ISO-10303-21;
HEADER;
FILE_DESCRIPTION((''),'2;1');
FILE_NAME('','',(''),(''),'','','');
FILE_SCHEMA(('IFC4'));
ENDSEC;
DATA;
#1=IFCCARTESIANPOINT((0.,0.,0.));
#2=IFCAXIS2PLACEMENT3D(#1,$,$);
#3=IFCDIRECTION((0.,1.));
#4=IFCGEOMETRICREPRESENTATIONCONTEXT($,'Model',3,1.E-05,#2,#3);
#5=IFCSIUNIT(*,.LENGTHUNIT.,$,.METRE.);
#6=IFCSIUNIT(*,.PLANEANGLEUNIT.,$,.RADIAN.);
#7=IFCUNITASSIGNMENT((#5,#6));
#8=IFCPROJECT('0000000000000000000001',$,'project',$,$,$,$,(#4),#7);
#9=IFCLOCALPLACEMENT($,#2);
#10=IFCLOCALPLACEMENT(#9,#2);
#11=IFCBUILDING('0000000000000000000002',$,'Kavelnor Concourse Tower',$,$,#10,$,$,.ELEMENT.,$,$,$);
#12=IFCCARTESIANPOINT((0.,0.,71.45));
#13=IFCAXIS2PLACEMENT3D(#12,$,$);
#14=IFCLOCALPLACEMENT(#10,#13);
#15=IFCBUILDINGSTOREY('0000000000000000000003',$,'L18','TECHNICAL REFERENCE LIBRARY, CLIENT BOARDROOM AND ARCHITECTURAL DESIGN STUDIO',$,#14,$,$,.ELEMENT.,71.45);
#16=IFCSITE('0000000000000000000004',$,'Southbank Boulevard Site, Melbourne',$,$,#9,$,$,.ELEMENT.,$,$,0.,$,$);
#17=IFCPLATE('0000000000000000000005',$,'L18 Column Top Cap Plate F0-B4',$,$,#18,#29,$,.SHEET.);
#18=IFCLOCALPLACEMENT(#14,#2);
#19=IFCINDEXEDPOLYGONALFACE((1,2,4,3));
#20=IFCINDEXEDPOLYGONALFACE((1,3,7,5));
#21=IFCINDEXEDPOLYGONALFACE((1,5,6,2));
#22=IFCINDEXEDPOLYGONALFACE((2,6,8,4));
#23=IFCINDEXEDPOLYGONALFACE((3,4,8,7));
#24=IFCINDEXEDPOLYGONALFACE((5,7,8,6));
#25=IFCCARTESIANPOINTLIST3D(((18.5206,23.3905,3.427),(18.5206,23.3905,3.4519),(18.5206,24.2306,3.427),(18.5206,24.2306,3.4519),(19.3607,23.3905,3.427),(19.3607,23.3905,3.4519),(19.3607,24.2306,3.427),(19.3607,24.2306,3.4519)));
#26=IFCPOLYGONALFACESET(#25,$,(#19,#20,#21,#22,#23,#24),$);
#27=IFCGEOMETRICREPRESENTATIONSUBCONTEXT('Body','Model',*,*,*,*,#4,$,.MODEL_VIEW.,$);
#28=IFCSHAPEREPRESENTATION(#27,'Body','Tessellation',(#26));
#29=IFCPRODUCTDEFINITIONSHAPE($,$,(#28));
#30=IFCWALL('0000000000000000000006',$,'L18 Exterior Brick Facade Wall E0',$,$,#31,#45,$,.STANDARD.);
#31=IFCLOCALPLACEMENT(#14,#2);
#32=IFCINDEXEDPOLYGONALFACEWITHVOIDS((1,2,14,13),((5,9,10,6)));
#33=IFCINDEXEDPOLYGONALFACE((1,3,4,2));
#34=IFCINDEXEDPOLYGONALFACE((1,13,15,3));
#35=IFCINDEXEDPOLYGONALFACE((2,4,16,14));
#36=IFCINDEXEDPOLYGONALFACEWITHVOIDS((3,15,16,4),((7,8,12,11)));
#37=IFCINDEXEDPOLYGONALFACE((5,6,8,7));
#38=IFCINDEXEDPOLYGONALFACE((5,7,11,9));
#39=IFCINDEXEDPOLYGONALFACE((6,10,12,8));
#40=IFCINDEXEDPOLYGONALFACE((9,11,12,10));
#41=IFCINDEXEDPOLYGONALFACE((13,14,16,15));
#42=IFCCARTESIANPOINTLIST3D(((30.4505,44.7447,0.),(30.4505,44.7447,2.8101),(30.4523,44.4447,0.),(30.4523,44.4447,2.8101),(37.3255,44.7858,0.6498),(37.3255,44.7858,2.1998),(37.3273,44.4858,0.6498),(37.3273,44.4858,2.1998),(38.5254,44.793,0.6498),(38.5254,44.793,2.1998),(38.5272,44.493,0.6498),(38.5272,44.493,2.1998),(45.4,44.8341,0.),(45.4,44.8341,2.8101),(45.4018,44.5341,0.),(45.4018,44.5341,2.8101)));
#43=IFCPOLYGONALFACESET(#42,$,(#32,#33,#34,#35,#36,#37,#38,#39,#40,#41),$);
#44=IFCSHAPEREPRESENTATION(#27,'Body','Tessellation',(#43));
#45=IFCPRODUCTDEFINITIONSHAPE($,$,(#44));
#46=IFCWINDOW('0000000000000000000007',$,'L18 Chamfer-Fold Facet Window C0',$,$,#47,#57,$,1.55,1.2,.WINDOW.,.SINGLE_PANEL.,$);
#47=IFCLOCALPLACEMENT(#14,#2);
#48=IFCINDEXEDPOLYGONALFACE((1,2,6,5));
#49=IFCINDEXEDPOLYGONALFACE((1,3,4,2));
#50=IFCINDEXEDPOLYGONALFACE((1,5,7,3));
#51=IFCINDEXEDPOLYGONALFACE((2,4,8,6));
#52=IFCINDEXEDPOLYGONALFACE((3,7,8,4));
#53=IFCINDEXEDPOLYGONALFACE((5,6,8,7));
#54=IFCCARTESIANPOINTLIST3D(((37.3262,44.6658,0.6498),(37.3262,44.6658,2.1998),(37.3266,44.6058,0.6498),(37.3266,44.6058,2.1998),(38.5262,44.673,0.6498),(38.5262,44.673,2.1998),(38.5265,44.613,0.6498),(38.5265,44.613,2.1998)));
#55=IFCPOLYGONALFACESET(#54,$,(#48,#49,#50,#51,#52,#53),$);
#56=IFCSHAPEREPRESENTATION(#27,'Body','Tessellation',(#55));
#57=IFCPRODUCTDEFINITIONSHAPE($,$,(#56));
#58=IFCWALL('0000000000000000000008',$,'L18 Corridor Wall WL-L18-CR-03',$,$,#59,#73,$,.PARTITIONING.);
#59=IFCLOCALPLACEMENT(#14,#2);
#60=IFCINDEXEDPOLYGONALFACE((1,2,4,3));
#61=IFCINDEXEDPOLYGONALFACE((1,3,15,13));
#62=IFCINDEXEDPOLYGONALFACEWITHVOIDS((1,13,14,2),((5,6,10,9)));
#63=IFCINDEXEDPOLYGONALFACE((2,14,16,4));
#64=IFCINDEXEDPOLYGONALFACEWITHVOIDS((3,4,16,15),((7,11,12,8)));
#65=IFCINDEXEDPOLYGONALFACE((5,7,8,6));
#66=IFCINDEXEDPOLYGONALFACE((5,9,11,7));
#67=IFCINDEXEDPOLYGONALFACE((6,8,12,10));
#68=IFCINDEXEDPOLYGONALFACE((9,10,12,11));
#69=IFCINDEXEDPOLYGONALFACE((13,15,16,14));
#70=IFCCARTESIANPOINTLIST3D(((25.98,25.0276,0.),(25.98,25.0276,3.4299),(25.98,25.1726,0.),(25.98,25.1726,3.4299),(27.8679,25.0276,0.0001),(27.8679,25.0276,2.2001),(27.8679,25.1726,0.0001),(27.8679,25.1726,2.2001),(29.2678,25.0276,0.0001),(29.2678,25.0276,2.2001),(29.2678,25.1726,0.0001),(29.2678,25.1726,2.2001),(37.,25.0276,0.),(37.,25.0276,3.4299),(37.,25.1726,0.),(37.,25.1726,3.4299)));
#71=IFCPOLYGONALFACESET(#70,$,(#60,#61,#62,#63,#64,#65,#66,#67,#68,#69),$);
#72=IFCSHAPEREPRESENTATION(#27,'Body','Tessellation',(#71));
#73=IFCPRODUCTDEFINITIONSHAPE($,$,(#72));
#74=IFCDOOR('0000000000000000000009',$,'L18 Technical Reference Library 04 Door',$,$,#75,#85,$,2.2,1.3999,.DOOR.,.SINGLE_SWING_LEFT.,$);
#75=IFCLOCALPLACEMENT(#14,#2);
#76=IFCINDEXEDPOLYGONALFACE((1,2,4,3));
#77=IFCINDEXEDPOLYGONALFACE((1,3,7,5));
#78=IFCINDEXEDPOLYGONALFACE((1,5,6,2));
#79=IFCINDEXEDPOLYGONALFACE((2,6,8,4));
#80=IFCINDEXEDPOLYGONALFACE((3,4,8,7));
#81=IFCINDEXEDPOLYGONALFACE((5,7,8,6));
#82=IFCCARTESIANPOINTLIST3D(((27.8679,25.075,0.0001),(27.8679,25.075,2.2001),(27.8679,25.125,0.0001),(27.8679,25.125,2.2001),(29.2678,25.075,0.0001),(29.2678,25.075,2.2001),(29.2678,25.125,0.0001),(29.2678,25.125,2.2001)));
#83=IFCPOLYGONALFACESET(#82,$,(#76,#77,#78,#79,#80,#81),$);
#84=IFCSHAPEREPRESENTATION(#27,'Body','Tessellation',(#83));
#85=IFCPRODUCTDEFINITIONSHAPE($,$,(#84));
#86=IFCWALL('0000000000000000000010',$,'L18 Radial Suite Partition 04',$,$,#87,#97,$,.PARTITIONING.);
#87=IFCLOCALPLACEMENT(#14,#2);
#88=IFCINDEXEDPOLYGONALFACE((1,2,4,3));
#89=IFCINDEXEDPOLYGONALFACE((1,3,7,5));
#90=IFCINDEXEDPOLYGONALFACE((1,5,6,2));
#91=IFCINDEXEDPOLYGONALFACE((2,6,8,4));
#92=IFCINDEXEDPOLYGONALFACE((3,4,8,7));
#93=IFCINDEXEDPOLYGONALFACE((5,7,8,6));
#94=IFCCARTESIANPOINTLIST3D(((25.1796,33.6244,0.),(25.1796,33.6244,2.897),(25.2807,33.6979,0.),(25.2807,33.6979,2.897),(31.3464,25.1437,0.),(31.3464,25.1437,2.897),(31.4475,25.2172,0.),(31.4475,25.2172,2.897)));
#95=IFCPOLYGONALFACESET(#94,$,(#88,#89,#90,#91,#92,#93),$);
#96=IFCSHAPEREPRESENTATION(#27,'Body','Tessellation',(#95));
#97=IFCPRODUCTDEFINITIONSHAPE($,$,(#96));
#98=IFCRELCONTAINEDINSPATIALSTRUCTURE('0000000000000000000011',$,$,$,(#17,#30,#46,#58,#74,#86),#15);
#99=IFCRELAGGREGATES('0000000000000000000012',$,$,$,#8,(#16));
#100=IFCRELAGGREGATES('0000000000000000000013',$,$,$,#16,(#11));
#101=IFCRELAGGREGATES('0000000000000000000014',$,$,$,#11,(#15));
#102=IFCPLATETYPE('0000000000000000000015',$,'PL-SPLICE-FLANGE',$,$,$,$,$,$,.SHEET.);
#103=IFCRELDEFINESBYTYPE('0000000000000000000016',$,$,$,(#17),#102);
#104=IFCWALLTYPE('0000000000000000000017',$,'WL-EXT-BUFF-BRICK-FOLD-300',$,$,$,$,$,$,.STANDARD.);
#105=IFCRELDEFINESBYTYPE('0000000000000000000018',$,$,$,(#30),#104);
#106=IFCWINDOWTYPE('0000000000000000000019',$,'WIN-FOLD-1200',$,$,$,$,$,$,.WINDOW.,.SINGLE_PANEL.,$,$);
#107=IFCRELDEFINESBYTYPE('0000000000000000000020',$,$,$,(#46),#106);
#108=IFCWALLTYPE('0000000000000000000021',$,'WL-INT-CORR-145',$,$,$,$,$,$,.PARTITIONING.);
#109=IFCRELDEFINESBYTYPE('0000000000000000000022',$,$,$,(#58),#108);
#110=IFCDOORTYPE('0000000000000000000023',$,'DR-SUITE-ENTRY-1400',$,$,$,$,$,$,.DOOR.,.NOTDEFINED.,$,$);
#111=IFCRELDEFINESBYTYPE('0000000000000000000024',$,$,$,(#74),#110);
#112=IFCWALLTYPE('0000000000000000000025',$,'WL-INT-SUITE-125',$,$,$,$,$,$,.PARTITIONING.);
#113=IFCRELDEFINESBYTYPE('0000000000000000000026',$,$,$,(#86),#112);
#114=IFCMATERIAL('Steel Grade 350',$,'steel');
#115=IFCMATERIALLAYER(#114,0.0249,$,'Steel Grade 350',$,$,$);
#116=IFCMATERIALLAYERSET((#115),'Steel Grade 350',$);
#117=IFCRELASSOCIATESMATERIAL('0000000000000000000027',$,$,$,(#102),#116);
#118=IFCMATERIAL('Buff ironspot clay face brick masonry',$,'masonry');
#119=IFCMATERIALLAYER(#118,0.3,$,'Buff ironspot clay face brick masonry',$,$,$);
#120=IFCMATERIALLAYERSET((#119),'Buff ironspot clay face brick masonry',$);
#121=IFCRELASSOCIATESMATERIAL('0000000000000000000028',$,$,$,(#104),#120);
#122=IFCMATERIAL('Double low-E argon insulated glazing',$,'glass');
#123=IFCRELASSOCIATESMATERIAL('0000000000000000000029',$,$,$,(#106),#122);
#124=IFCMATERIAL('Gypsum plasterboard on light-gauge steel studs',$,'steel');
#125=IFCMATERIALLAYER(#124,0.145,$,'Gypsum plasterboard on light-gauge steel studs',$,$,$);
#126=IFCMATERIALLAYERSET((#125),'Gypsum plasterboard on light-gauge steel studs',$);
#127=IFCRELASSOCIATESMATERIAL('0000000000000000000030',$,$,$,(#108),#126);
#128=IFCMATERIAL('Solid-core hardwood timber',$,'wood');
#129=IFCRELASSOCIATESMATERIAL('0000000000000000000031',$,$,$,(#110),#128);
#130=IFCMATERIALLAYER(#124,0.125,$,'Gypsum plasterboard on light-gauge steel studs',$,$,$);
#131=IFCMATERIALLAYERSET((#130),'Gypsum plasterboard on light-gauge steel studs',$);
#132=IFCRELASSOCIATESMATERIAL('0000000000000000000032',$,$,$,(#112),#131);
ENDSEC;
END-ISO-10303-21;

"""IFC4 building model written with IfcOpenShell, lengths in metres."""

from ifc_helpers import new_model, si_unit, direction, frame, frame_2d, origin, origin_2d, place, context, subcontext, project, spatial, rectangle, extrude, material, layer, layer_set, type_object, element, fill, save


model = new_model("IFC4")

# Units and contexts
model_context = context("Model", 3, precision=1e-05, world=origin(), true_north=direction((0.0, 1.0)))
body_context = subcontext(model_context, "Body", "Model", "MODEL_VIEW")
ifc_project = project(units=[si_unit("LENGTHUNIT", "METRE"), si_unit("PLANEANGLEUNIT", "RADIAN")], contexts=[model_context])

# Site, building, storey
site_placement = place(None, origin())
site = spatial("IfcSite", under=ifc_project, at=site_placement, Name="Southbank Boulevard Site, Melbourne", CompositionType="ELEMENT", RefElevation=0.0)
building_placement = place(site_placement, origin())
building = spatial("IfcBuilding", under=site, at=building_placement, Name="Kavelnor Concourse Tower", CompositionType="ELEMENT")
storey_placement = place(building_placement, frame((0.0, 0.0, 71.45)))
storey = spatial("IfcBuildingStorey", under=building, at=storey_placement, Name="L18", Description="TECHNICAL REFERENCE LIBRARY, CLIENT BOARDROOM AND ARCHITECTURAL DESIGN STUDIO", CompositionType="ELEMENT", Elevation=71.45)

# Shared definitions
ifc_material_1 = material(Name="Steel Grade 350", Category="steel")

# Plate
ifc_layer_1 = layer(ifc_material_1, 0.0249, Name="Steel Grade 350")
ifc_layer_set_1 = layer_set([ifc_layer_1], Name="Steel Grade 350")
plate_type_1 = type_object("IfcPlateType", Name="PL-SPLICE-FLANGE", PredefinedType="SHEET", material=ifc_layer_set_1)
plate_1_placement = place(storey_placement, frame((18.9407, 23.8105, 3.427), z_axis=(0.0, 0.0, 1.0), x_axis=(1.0, 0.0, 0.0)))
element("IfcPlate", 1, at=plate_1_placement, inside=storey, type_object=plate_type_1, Name="L18 Column Top Cap Plate F0-B4", PredefinedType="SHEET", context=body_context, shape_type="SweptSolid", body=[
    extrude(rectangle(XDim=0.8401, YDim=0.8401, at=origin_2d()), origin(), (0.0, 0.0, 1.0), 0.0249),
])

# Wall, opening, window
ifc_material_2 = material(Name="Buff ironspot clay face brick masonry", Category="masonry")
ifc_layer_2 = layer(ifc_material_2, 0.3, Name="Buff ironspot clay face brick masonry")
ifc_layer_set_2 = layer_set([ifc_layer_2], Name="Buff ironspot clay face brick masonry")
wall_type_1 = type_object("IfcWallType", Name="WL-EXT-BUFF-BRICK-FOLD-300", PredefinedType="STANDARD", material=ifc_layer_set_2)
wall_1_placement = place(storey_placement, frame((30.4514, 44.5947, 0.0), z_axis=(0.0, 0.0, 1.0), x_axis=(0.999982, 0.005977, 0.0)))
wall_1 = element("IfcWall", 2, at=wall_1_placement, inside=storey, type_object=wall_type_1, Name="L18 Exterior Brick Facade Wall E0", PredefinedType="STANDARD", context=body_context, shape_type="SweptSolid", body=[
    extrude(rectangle(XDim=14.9497, YDim=0.3, at=frame_2d((7.4749, 0.0))), origin(), (0.0, 0.0, 1.0), 2.8101),
])
opening_1_placement = place(wall_1_placement, frame((6.875, 0.0, 0.6499)))
opening_1 = element("IfcOpeningElement", 3, at=opening_1_placement, cuts=wall_1, PredefinedType="OPENING", context=body_context, shape_type="SweptSolid", body=[
    extrude(rectangle(XDim=1.2, YDim=1.55, at=frame_2d((0.6001, 0.7749))), frame((0.0, 0.1602, 0.0), z_axis=(0.0, -1.0, 0.0), x_axis=(1.0, 0.0, 0.0)), (0.0, 0.0, 1.0), 0.3201),
])
ifc_material_3 = material(Name="Double low-E argon insulated glazing", Category="glass")
window_type = type_object("IfcWindowType", Name="WIN-FOLD-1200", PartitioningType="SINGLE_PANEL", PredefinedType="WINDOW", material=ifc_material_3)
window_placement = place(opening_1_placement, origin())
window = element("IfcWindow", 4, at=window_placement, inside=storey, type_object=window_type, Name="L18 Chamfer-Fold Facet Window C0", OverallHeight=1.55, OverallWidth=1.2, PartitioningType="SINGLE_PANEL", PredefinedType="WINDOW", context=body_context, shape_type="SweptSolid", body=[
    extrude(rectangle(XDim=1.2, YDim=1.55, at=frame_2d((0.6001, 0.7749))), frame((0.0, 0.03, 0.0), z_axis=(0.0, -1.0, 0.0), x_axis=(1.0, 0.0, 0.0)), (0.0, 0.0, 1.0), 0.0601),
])
fill(opening_1, window)

# Wall, opening, door
ifc_material_4 = material(Name="Gypsum plasterboard on light-gauge steel studs", Category="steel")
ifc_layer_3 = layer(ifc_material_4, 0.145, Name="Gypsum plasterboard on light-gauge steel studs")
ifc_layer_set_3 = layer_set([ifc_layer_3], Name="Gypsum plasterboard on light-gauge steel studs")
wall_type_2 = type_object("IfcWallType", Name="WL-INT-CORR-145", PredefinedType="PARTITIONING", material=ifc_layer_set_3)
wall_2_placement = place(storey_placement, frame((25.98, 25.1001, 0.0), z_axis=(0.0, 0.0, 1.0), x_axis=(1.0, 0.0, 0.0)))
wall_2 = element("IfcWall", 5, at=wall_2_placement, inside=storey, type_object=wall_type_2, Name="L18 Corridor Wall WL-L18-CR-03", PredefinedType="PARTITIONING", context=body_context, shape_type="SweptSolid", body=[
    extrude(rectangle(XDim=11.02, YDim=0.145, at=frame_2d((5.51, 0.0))), origin(), (0.0, 0.0, 1.0), 3.4299),
])
opening_2_placement = place(wall_2_placement, frame((1.8879, 0.0, 0.0)))
opening_2 = element("IfcOpeningElement", 6, at=opening_2_placement, cuts=wall_2, PredefinedType="OPENING", context=body_context, shape_type="SweptSolid", body=[
    extrude(rectangle(XDim=1.3999, YDim=2.2, at=frame_2d((0.7, 1.1001))), frame((0.0, 0.0825, 0.0), z_axis=(0.0, -1.0, 0.0), x_axis=(1.0, 0.0, 0.0)), (0.0, 0.0, 1.0), 0.165),
])
ifc_material_5 = material(Name="Solid-core hardwood timber", Category="wood")
door_type = type_object("IfcDoorType", Name="DR-SUITE-ENTRY-1400", OperationType="NOTDEFINED", PredefinedType="DOOR", material=ifc_material_5)
door_placement = place(opening_2_placement, origin())
door = element("IfcDoor", 7, at=door_placement, inside=storey, type_object=door_type, Name="L18 Technical Reference Library 04 Door", OperationType="SINGLE_SWING_LEFT", OverallHeight=2.2, OverallWidth=1.3999, PredefinedType="DOOR", context=body_context, shape_type="SweptSolid", body=[
    extrude(rectangle(XDim=1.3999, YDim=2.2, at=frame_2d((0.7, 1.1001))), frame((0.0, 0.0249, 0.0), z_axis=(0.0, -1.0, 0.0), x_axis=(1.0, 0.0, 0.0)), (0.0, 0.0, 1.0), 0.05),
])
fill(opening_2, door)

# Wall
ifc_layer_4 = layer(ifc_material_4, 0.125, Name="Gypsum plasterboard on light-gauge steel studs")
ifc_layer_set_4 = layer_set([ifc_layer_4], Name="Gypsum plasterboard on light-gauge steel studs")
wall_type_3 = type_object("IfcWallType", Name="WL-INT-SUITE-125", PredefinedType="PARTITIONING", material=ifc_layer_set_4)
wall_3_placement = place(storey_placement, frame((31.397, 25.1804, 0.0), z_axis=(0.0, 0.0, 1.0), x_axis=(-0.588107, 0.808783, 0.0)))
element("IfcWall", 8, at=wall_3_placement, inside=storey, type_object=wall_type_3, Name="L18 Radial Suite Partition 04", PredefinedType="PARTITIONING", context=body_context, shape_type="SweptSolid", body=[
    extrude(rectangle(XDim=10.4858, YDim=0.125, at=frame_2d((5.2429, 0.0))), origin(), (0.0, 0.0, 1.0), 2.897),
])

save(model, "model.ifc")
